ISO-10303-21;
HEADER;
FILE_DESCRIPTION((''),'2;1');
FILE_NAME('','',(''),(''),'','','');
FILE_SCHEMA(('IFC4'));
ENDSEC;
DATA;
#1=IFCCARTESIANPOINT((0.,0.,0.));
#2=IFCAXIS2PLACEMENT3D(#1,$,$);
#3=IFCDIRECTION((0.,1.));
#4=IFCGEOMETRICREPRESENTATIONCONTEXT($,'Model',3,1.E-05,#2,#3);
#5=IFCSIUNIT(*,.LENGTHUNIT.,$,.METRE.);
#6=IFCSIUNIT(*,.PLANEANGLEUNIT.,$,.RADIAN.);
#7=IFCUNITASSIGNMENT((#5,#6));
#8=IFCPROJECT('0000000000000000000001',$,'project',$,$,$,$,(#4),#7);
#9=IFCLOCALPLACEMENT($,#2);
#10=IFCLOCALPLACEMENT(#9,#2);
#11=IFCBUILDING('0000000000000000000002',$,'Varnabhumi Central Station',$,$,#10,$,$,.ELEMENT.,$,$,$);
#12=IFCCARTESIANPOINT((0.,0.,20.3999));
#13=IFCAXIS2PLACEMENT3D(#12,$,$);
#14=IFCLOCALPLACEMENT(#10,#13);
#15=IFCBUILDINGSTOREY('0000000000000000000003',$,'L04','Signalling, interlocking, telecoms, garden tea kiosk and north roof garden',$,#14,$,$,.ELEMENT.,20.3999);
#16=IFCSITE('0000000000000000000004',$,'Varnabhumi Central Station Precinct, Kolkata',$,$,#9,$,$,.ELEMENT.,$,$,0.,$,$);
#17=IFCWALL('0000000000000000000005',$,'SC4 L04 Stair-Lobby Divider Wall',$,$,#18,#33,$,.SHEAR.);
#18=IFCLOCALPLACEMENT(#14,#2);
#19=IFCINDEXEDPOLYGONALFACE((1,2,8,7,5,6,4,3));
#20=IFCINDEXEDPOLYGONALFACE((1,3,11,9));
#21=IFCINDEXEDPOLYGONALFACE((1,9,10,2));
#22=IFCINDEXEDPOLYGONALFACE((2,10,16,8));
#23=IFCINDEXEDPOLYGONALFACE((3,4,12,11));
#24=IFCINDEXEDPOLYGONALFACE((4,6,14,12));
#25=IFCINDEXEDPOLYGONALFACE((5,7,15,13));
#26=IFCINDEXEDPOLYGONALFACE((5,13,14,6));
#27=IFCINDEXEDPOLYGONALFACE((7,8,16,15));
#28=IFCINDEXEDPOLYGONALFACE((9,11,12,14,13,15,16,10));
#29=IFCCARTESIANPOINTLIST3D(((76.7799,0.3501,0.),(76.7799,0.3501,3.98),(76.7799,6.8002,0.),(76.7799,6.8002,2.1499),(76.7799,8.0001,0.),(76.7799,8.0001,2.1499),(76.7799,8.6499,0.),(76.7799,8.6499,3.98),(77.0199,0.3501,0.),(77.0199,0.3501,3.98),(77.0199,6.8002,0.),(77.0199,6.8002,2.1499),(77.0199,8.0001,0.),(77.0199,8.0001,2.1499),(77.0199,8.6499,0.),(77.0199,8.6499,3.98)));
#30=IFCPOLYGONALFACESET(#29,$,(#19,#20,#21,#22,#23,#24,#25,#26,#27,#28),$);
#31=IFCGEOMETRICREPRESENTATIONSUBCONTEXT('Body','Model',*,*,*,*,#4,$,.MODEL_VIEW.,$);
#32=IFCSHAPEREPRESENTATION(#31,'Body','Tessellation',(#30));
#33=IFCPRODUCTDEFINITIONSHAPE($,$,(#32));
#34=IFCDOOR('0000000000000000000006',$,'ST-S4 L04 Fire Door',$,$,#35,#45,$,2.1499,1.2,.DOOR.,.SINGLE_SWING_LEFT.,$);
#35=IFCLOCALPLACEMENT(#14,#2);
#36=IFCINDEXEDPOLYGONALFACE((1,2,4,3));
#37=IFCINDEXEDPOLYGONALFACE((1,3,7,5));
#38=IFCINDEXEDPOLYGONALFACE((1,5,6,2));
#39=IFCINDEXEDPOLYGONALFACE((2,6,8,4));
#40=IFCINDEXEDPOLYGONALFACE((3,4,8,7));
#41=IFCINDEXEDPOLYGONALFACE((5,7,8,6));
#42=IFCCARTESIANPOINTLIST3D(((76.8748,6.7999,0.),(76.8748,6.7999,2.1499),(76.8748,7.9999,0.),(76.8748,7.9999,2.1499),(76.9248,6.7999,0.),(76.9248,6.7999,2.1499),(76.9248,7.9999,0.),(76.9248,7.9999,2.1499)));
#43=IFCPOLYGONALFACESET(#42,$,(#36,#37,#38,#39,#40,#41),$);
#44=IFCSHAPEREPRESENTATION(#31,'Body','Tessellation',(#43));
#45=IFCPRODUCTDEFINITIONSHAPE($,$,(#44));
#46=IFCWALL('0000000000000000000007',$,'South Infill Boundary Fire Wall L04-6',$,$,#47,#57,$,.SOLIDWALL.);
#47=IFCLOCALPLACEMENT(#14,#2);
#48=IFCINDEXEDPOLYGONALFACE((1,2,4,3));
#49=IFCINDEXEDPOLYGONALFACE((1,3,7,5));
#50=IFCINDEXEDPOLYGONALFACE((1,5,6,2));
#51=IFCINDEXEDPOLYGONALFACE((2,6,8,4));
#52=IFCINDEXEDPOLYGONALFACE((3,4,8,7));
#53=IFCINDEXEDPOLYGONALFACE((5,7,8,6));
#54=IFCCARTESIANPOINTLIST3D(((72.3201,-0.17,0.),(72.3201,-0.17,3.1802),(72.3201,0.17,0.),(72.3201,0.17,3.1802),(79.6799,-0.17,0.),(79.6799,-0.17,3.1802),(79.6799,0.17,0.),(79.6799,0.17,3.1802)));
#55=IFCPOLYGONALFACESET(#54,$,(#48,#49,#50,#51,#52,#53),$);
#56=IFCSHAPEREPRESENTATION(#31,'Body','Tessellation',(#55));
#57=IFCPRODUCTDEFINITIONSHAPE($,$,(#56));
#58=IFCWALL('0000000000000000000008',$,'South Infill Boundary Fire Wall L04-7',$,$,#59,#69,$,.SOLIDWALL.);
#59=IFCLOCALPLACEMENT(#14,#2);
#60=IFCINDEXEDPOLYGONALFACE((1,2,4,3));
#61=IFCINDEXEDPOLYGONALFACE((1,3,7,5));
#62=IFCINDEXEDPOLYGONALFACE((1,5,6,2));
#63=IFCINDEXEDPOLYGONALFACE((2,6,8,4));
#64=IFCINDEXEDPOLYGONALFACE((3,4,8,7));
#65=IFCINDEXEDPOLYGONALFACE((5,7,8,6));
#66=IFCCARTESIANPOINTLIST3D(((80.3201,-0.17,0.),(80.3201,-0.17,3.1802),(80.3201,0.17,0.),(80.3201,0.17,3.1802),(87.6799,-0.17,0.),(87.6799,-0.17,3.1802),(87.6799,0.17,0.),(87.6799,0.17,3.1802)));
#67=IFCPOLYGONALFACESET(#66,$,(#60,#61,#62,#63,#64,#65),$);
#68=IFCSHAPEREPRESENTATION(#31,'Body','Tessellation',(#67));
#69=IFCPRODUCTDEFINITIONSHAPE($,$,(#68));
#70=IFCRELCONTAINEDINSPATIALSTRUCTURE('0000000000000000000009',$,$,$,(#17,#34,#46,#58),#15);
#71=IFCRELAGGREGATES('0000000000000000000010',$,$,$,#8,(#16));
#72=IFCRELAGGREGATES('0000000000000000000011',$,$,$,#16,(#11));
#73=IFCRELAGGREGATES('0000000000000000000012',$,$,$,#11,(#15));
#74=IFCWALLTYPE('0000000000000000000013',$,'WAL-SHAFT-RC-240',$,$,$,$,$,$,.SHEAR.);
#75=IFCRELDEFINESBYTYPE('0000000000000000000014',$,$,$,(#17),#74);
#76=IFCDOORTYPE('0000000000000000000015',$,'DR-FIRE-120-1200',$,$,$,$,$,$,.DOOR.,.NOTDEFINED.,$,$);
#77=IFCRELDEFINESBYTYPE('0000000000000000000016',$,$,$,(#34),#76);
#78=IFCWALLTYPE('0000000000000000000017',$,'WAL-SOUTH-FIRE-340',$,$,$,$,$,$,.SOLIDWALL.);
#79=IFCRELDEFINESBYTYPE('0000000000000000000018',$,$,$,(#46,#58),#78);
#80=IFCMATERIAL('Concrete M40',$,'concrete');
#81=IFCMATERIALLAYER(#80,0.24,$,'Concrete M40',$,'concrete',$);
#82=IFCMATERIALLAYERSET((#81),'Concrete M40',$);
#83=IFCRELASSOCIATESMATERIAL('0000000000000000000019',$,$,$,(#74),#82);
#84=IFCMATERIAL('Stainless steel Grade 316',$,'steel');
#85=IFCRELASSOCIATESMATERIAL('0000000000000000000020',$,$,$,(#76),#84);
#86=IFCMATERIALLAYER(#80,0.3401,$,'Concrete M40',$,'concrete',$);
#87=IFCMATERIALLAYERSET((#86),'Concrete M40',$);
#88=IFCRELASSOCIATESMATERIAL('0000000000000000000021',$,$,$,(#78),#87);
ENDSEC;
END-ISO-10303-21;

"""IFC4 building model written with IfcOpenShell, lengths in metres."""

from ifc_helpers import new_model, si_unit, direction, frame, frame_2d, origin, place, context, subcontext, project, spatial, rectangle, extrude, material, layer, layer_set, type_object, element, fill, save


model = new_model("IFC4")

# Units and contexts
model_context = context("Model", 3, precision=1e-05, world=origin(), true_north=direction((0.0, 1.0)))
body_context = subcontext(model_context, "Body", "Model", "MODEL_VIEW")
ifc_project = project(units=[si_unit("LENGTHUNIT", "METRE"), si_unit("PLANEANGLEUNIT", "RADIAN")], contexts=[model_context])

# Site, building, storey
site_placement = place(None, origin())
site = spatial("IfcSite", under=ifc_project, at=site_placement, Name="Varnabhumi Central Station Precinct, Kolkata", CompositionType="ELEMENT", RefElevation=0.0)
building_placement = place(site_placement, origin())
building = spatial("IfcBuilding", under=site, at=building_placement, Name="Varnabhumi Central Station", CompositionType="ELEMENT")
storey_placement = place(building_placement, frame((0.0, 0.0, 20.3999)))
storey = spatial("IfcBuildingStorey", under=building, at=storey_placement, Name="L04", Description="Signalling, interlocking, telecoms, garden tea kiosk and north roof garden", CompositionType="ELEMENT", Elevation=20.3999)

# Shared definitions
ifc_material_1 = material(Name="Concrete M40", Category="concrete")

# Wall, opening, door
ifc_layer_1 = layer(ifc_material_1, 0.24, Name="Concrete M40", Category="concrete")
ifc_layer_set_1 = layer_set([ifc_layer_1], Name="Concrete M40")
wall_type_1 = type_object("IfcWallType", Name="WAL-SHAFT-RC-240", PredefinedType="SHEAR", material=ifc_layer_set_1)
wall_1_placement = place(storey_placement, frame((76.8999, 0.3501, 0.0), z_axis=(0.0, 0.0, 1.0), x_axis=(0.0, 1.0, 0.0)))
wall_1 = element("IfcWall", 1, at=wall_1_placement, inside=storey, type_object=wall_type_1, Name="SC4 L04 Stair-Lobby Divider Wall", PredefinedType="SHEAR", context=body_context, shape_type="SweptSolid", body=[
    extrude(rectangle(XDim=8.2998, YDim=0.24, at=frame_2d((4.1499, 0.0))), origin(), (0.0, 0.0, 1.0), 3.98),
])
opening_1_placement = place(wall_1_placement, frame((6.45, 0.0, 0.0)))
opening_1 = element("IfcOpeningElement", 2, at=opening_1_placement, cuts=wall_1, PredefinedType="OPENING", context=body_context, shape_type="SweptSolid", body=[
    extrude(rectangle(XDim=1.2, YDim=2.1499, at=frame_2d((0.6001, 1.075))), frame((0.0, 0.1299, 0.0), z_axis=(0.0, -1.0, 0.0), x_axis=(1.0, 0.0, 0.0)), (0.0, 0.0, 1.0), 0.26),
])
ifc_material_2 = material(Name="Stainless steel Grade 316", Category="steel")
door_type_1 = type_object("IfcDoorType", Name="DR-FIRE-120-1200", OperationType="NOTDEFINED", PredefinedType="DOOR", material=ifc_material_2)
door_1_placement = place(opening_1_placement, frame((1.2, 0.0, 0.0), z_axis=(0.0, 0.0, 1.0), x_axis=(-1.0, 0.0, 0.0)))
door_1 = element("IfcDoor", 3, at=door_1_placement, inside=storey, type_object=door_type_1, Name="ST-S4 L04 Fire Door", OperationType="SINGLE_SWING_LEFT", OverallHeight=2.1499, OverallWidth=1.2, PredefinedType="DOOR", context=body_context, shape_type="SweptSolid", body=[
    extrude(rectangle(XDim=1.2, YDim=2.1499, at=frame_2d((0.6001, 1.075))), frame((0.0, 0.0249, 0.0), z_axis=(0.0, -1.0, 0.0), x_axis=(1.0, 0.0, 0.0)), (0.0, 0.0, 1.0), 0.05),
])
fill(opening_1, door_1)

# Walls
ifc_layer_2 = layer(ifc_material_1, 0.3401, Name="Concrete M40", Category="concrete")
ifc_layer_set_2 = layer_set([ifc_layer_2], Name="Concrete M40")
wall_type_2 = type_object("IfcWallType", Name="WAL-SOUTH-FIRE-340", PredefinedType="SOLIDWALL", material=ifc_layer_set_2)
for number, where, z_axis, x_axis, name in (
    (4, (72.3201, 0.0, 0.0), (0.0, 0.0, 1.0), (1.0, 0.0, 0.0), "South Infill Boundary Fire Wall L04-6"),
    (5, (80.3201, 0.0, 0.0), (0.0, 0.0, 1.0), (1.0, 0.0, 0.0), "South Infill Boundary Fire Wall L04-7"),
):
    element("IfcWall", number, at=place(storey_placement, frame(where, z_axis=z_axis, x_axis=x_axis)), inside=storey, type_object=wall_type_2, Name=name, PredefinedType="SOLIDWALL", context=body_context, shape_type="SweptSolid", body=[
        extrude(rectangle(XDim=7.3599, YDim=0.3401, at=frame_2d((3.6799, 0.0))), origin(), (0.0, 0.0, 1.0), 3.1802),
    ])

save(model, "model.ifc")
